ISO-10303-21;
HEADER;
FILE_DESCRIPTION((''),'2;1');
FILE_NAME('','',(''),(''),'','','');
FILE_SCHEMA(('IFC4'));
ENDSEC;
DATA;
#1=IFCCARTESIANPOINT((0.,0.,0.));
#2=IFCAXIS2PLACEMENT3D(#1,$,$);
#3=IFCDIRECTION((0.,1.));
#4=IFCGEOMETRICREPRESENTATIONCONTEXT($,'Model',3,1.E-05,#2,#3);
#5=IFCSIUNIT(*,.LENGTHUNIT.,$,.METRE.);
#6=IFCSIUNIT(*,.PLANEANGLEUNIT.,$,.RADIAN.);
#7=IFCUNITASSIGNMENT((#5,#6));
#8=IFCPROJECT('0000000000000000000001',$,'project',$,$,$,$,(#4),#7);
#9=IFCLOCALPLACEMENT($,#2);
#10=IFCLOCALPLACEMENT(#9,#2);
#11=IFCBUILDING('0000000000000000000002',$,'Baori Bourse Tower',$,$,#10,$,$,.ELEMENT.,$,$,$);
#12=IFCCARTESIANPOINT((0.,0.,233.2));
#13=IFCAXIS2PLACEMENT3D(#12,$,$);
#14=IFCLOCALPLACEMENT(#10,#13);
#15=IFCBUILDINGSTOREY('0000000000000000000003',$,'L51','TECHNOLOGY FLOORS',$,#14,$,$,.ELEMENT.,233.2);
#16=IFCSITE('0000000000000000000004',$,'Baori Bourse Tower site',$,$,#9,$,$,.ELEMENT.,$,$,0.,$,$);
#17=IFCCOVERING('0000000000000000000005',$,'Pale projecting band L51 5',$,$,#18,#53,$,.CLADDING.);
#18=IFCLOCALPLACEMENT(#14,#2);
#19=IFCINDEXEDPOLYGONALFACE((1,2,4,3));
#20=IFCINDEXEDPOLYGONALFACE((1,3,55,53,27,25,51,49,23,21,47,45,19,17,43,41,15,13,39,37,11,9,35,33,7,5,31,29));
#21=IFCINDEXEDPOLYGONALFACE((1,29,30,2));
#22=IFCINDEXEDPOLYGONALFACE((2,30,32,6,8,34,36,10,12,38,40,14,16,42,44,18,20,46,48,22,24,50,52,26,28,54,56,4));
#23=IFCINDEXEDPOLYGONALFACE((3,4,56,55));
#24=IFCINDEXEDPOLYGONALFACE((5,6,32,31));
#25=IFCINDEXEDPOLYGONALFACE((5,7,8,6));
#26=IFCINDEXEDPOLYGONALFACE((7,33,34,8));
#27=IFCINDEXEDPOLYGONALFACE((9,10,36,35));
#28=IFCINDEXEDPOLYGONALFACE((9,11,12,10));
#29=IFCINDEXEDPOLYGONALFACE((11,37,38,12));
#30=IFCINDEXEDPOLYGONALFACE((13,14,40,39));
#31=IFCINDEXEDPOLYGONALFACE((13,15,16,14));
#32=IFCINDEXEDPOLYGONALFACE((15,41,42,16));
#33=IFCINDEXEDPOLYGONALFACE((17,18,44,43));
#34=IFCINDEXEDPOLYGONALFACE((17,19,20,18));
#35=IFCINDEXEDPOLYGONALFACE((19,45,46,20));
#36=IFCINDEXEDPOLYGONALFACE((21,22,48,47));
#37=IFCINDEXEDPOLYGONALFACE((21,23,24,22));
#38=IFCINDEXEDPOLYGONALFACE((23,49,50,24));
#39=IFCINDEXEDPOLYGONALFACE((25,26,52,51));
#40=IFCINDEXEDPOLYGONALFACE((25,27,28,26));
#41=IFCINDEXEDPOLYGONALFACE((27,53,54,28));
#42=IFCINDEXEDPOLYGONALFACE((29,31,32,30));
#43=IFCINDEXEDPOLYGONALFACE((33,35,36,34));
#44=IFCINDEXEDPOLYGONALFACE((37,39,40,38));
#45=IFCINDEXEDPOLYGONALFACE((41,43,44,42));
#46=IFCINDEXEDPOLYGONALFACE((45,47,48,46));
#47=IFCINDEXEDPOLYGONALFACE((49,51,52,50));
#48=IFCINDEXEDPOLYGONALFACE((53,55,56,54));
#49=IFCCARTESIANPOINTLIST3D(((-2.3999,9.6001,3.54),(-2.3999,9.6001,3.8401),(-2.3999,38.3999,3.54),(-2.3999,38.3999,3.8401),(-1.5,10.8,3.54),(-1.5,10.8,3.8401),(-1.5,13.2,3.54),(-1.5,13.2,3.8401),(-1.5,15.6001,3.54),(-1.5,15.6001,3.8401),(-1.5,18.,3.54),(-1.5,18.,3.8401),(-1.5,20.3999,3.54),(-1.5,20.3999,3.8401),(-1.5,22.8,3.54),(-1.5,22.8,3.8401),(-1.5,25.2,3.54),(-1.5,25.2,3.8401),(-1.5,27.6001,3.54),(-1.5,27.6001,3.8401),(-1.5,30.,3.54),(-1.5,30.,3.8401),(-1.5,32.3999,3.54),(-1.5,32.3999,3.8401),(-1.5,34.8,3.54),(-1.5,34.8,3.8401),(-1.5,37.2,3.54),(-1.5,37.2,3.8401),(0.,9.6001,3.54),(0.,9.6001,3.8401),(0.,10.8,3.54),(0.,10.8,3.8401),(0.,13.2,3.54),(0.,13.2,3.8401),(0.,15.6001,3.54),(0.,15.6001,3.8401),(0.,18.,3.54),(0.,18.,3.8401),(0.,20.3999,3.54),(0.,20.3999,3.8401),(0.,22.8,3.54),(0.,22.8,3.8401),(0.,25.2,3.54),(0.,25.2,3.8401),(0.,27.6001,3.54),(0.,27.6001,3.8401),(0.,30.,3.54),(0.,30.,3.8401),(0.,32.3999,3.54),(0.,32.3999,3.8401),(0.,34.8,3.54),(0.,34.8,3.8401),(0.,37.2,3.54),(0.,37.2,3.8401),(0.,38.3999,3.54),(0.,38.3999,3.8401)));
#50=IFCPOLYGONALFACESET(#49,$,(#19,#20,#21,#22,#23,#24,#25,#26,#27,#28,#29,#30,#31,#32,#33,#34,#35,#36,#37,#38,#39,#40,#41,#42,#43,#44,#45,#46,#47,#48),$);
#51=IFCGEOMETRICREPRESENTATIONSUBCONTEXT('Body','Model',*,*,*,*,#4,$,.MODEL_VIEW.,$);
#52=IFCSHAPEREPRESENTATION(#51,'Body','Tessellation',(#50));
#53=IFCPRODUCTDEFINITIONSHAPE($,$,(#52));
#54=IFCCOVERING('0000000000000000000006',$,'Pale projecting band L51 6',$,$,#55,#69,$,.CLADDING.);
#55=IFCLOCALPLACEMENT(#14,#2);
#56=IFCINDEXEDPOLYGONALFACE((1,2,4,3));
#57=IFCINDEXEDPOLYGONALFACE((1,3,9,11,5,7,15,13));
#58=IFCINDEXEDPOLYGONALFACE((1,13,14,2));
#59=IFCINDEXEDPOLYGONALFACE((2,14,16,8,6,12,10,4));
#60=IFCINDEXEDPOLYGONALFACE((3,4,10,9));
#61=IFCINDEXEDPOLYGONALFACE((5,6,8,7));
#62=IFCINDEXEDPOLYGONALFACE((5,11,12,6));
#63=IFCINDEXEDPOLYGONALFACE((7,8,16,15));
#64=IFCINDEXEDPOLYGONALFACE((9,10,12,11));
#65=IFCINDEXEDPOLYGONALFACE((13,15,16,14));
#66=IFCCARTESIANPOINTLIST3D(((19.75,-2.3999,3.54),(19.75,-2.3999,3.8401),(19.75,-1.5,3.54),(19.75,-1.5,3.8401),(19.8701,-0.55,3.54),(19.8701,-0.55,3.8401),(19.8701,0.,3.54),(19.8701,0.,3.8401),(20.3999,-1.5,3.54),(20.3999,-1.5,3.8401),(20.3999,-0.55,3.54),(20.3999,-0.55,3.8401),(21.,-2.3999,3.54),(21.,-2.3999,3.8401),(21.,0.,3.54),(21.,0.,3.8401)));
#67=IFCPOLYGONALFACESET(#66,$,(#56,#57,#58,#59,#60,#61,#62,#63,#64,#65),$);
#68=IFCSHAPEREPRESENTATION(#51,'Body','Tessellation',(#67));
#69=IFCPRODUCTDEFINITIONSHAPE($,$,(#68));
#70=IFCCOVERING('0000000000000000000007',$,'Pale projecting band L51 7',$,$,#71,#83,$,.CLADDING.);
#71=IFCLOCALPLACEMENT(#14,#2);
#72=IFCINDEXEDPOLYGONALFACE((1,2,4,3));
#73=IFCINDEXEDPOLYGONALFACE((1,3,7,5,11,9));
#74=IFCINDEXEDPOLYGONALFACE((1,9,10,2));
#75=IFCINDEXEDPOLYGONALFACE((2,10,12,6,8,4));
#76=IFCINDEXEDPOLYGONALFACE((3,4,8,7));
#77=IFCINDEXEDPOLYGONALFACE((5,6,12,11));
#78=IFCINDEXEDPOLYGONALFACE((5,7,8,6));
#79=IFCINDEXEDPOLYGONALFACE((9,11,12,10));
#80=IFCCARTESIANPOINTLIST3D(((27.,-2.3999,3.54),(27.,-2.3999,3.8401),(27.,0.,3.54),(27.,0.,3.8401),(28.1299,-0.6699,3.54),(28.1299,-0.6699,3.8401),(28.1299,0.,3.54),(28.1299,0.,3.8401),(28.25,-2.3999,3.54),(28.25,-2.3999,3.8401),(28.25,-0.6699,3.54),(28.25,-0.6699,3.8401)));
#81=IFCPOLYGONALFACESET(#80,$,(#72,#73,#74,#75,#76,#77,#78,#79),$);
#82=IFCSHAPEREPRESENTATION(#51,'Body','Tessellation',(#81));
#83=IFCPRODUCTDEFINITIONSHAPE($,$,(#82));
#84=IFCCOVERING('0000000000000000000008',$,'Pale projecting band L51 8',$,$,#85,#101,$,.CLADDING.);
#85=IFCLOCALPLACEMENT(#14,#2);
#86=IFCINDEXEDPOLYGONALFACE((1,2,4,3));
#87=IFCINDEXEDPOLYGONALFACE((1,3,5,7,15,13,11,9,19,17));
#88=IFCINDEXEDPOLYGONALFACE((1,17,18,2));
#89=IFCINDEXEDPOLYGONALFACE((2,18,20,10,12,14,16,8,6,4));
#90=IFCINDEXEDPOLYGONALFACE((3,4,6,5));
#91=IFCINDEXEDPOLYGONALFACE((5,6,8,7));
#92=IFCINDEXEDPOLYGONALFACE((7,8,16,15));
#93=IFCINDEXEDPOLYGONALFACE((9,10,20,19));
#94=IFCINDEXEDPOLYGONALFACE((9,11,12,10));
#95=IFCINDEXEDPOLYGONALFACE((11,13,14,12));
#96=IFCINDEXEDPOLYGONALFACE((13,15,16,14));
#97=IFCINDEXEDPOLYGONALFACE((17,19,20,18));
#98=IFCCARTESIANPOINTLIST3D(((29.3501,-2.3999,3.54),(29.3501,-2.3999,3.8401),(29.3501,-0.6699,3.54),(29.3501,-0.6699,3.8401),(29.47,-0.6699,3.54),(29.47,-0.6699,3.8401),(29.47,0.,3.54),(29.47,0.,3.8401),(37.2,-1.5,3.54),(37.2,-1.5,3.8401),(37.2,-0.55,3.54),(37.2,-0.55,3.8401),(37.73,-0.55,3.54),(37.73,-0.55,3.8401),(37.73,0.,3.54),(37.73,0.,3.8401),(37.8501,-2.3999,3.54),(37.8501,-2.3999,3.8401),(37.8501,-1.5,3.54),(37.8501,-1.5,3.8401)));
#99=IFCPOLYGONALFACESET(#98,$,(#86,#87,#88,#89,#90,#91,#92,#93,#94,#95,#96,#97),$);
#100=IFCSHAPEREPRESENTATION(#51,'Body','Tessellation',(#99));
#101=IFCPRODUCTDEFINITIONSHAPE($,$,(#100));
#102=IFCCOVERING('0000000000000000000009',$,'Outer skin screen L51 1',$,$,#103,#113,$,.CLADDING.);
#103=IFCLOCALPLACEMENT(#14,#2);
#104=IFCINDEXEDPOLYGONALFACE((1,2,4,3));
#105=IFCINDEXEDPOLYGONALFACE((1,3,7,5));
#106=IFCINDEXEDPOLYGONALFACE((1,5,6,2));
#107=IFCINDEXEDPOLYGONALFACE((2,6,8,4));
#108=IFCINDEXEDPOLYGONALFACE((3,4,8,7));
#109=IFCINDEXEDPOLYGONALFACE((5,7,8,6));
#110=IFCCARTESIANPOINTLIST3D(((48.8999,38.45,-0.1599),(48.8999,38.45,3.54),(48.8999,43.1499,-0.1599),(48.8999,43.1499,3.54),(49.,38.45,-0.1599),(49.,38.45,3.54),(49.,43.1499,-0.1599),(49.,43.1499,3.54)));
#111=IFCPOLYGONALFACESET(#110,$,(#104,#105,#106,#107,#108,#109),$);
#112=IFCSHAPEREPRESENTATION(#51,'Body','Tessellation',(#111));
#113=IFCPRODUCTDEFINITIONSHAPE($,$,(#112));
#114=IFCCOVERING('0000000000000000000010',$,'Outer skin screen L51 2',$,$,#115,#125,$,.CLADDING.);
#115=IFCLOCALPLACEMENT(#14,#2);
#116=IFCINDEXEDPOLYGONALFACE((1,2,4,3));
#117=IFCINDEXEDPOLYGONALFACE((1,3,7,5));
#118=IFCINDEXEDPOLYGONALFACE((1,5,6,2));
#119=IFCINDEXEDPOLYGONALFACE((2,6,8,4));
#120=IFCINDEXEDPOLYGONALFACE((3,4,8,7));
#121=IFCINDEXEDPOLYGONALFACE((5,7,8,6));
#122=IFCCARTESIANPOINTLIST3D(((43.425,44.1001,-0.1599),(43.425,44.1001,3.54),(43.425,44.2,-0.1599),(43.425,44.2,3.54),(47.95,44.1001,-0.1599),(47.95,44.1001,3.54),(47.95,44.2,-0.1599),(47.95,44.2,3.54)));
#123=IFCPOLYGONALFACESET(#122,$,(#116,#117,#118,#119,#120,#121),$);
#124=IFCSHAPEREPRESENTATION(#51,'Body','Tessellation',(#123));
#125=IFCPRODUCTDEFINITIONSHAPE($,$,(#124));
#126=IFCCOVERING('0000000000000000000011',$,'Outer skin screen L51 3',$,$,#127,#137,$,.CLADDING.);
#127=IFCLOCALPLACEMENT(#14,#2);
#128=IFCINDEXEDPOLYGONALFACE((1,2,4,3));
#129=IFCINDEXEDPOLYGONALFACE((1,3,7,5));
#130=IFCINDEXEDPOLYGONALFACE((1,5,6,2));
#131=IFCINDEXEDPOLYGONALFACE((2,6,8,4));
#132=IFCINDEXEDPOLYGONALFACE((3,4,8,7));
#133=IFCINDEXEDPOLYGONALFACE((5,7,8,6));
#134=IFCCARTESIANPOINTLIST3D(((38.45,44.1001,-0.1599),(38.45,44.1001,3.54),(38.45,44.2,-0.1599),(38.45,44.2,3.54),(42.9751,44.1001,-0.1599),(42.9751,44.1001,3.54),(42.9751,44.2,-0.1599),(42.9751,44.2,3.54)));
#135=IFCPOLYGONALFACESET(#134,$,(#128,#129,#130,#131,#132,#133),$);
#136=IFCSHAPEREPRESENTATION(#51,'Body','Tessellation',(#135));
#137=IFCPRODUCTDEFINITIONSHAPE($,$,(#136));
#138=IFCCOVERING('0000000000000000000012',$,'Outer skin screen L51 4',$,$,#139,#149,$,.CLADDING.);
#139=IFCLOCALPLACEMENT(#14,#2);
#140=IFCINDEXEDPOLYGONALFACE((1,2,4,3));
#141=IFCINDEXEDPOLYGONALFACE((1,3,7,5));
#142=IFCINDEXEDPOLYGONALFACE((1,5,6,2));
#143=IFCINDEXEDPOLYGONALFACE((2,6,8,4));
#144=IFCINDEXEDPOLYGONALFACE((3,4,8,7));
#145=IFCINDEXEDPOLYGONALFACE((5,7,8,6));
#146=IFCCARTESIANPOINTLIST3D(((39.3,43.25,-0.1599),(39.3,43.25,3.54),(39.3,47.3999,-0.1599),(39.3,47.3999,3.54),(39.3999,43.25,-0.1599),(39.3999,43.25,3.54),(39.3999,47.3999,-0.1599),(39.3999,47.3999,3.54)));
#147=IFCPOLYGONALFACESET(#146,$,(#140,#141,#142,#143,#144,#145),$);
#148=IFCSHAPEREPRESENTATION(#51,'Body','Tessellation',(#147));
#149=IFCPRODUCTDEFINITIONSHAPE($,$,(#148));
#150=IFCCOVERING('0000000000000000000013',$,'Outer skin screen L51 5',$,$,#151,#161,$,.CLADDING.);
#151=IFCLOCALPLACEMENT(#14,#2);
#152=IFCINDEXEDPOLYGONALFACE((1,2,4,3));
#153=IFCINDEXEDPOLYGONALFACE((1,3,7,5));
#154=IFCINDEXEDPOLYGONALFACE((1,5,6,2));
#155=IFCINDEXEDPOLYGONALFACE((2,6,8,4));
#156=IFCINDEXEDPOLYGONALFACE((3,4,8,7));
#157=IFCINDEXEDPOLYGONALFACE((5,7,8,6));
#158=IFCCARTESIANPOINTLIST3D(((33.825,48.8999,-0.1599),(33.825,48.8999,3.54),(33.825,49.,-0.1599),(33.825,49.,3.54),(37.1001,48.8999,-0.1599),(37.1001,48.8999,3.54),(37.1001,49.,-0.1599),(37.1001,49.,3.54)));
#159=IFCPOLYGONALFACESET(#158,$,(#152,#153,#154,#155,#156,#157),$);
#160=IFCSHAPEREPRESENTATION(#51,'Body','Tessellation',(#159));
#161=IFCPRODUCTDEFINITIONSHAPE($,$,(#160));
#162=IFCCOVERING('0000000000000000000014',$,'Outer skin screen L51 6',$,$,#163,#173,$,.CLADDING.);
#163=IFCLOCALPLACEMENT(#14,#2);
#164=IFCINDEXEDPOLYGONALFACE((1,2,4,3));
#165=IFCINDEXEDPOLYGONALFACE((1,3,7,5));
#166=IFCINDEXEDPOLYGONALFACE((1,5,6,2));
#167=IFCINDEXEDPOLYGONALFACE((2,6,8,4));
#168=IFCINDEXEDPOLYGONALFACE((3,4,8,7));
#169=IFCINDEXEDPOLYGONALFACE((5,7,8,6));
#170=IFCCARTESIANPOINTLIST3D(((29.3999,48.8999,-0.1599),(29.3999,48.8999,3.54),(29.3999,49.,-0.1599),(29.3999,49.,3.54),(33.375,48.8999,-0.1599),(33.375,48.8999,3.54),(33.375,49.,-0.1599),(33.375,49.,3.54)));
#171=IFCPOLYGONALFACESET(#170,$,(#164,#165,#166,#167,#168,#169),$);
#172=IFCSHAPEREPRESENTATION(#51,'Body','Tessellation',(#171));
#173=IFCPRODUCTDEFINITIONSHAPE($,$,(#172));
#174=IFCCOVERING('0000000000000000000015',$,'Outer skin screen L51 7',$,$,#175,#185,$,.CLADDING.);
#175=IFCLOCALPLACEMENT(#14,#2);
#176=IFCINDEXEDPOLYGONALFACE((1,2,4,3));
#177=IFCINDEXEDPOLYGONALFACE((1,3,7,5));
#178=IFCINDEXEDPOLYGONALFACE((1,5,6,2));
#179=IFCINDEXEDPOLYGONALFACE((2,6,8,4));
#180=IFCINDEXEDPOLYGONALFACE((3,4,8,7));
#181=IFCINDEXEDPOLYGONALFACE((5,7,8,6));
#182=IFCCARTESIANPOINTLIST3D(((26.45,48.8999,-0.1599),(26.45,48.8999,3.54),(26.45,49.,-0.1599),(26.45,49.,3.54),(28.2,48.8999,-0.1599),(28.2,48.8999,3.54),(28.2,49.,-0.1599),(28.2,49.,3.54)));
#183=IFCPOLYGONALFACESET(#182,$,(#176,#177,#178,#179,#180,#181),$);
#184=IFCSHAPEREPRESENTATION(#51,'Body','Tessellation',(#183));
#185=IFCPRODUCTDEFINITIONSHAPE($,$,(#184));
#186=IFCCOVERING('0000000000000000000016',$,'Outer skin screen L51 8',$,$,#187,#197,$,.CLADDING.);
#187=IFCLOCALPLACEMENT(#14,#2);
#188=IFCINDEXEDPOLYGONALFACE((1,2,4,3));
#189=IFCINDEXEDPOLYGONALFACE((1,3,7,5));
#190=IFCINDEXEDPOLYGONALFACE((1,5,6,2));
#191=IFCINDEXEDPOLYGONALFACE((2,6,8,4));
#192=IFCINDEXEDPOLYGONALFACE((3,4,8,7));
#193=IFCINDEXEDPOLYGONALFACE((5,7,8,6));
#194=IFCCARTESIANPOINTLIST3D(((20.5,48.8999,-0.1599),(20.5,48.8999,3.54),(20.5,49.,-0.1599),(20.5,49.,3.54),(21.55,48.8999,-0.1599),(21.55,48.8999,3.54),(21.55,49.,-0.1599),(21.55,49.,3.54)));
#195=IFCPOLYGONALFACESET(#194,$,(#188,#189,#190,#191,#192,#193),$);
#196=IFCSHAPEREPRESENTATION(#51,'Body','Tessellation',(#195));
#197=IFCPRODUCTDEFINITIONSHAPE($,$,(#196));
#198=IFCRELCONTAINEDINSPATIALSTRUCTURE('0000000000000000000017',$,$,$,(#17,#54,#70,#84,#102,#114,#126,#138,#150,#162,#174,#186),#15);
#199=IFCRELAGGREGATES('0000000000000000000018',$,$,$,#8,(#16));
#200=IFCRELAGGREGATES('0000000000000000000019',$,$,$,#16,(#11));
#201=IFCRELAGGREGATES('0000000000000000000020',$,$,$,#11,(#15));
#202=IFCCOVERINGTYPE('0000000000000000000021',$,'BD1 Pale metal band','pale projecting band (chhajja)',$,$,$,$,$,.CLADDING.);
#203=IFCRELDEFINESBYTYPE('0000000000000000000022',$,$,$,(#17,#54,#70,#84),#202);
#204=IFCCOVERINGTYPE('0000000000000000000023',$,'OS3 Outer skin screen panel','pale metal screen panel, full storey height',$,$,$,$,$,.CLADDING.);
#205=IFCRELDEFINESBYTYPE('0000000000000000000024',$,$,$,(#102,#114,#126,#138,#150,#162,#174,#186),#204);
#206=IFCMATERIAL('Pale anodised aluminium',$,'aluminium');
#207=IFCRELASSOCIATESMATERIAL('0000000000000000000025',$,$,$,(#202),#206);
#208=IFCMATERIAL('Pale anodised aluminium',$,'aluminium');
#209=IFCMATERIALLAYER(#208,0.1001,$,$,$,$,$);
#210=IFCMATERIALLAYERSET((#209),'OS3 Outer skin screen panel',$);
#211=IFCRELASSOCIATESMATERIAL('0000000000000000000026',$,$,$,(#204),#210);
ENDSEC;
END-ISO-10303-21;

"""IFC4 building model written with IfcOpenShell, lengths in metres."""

from ifc_helpers import new_model, si_unit, direction, frame, origin, place, context, subcontext, project, spatial, polyline, outline, extrude, material, layer, layer_set, type_object, element, save


model = new_model("IFC4")

# Units and contexts
model_context = context("Model", 3, precision=1e-05, world=origin(), true_north=direction((0.0, 1.0)))
body_context = subcontext(model_context, "Body", "Model", "MODEL_VIEW")
ifc_project = project(units=[si_unit("LENGTHUNIT", "METRE"), si_unit("PLANEANGLEUNIT", "RADIAN")], contexts=[model_context])

# Site, building, storey
site_placement = place(None, origin())
site = spatial("IfcSite", under=ifc_project, at=site_placement, Name="Baori Bourse Tower site", CompositionType="ELEMENT", RefElevation=0.0)
building_placement = place(site_placement, origin())
building = spatial("IfcBuilding", under=site, at=building_placement, Name="Baori Bourse Tower", CompositionType="ELEMENT")
storey_placement = place(building_placement, frame((0.0, 0.0, 233.2)))
storey = spatial("IfcBuildingStorey", under=building, at=storey_placement, Name="L51", Description="TECHNOLOGY FLOORS", CompositionType="ELEMENT", Elevation=233.2)

# Coverings
ifc_material_1 = material(Name="Pale anodised aluminium", Category="aluminium")
covering_type_1 = type_object("IfcCoveringType", Name="BD1 Pale metal band", Description="pale projecting band (chhajja)", PredefinedType="CLADDING", material=ifc_material_1)
covering_1_placement = place(storey_placement, frame((0.0, 0.0, 3.54)))
element("IfcCovering", 1, at=covering_1_placement, inside=storey, type_object=covering_type_1, Name="Pale projecting band L51 5", PredefinedType="CLADDING", context=body_context, shape_type="SweptSolid", body=[
    extrude(outline(polyline([(0.0, 37.2), (0.0, 38.3999), (-2.3999, 38.3999), (-2.3999, 9.6001), (0.0, 9.6001), (0.0, 10.8), (-1.5, 10.8), (-1.5, 13.2), (0.0, 13.2), (0.0, 15.6001), (-1.5, 15.6001), (-1.5, 18.0), (0.0, 18.0), (0.0, 20.3999), (-1.5, 20.3999), (-1.5, 22.8), (0.0, 22.8), (0.0, 25.2), (-1.5, 25.2), (-1.5, 27.6001), (0.0, 27.6001), (0.0, 30.0), (-1.5, 30.0), (-1.5, 32.3999), (0.0, 32.3999), (0.0, 34.8), (-1.5, 34.8), (-1.5, 37.2), (0.0, 37.2)])), origin(), (0.0, 0.0, 1.0), 0.3),
])
covering_2_placement = place(storey_placement, frame((0.0, 0.0, 3.54)))
element("IfcCovering", 2, at=covering_2_placement, inside=storey, type_object=covering_type_1, Name="Pale projecting band L51 6", PredefinedType="CLADDING", context=body_context, shape_type="SweptSolid", body=[
    extrude(outline(polyline([(21.0, 0.0), (19.8701, 0.0), (19.8701, -0.55), (20.3999, -0.55), (20.3999, -1.5), (19.75, -1.5), (19.75, -2.3999), (21.0, -2.3999), (21.0, 0.0)])), origin(), (0.0, 0.0, 1.0), 0.3),
])
covering_3_placement = place(storey_placement, frame((0.0, 0.0, 3.54)))
element("IfcCovering", 3, at=covering_3_placement, inside=storey, type_object=covering_type_1, Name="Pale projecting band L51 7", PredefinedType="CLADDING", context=body_context, shape_type="SweptSolid", body=[
    extrude(outline(polyline([(28.1299, 0.0), (27.0, 0.0), (27.0, -2.3999), (28.25, -2.3999), (28.25, -0.6699), (28.1299, -0.6699), (28.1299, 0.0)])), origin(), (0.0, 0.0, 1.0), 0.3),
])
covering_4_placement = place(storey_placement, frame((0.0, 0.0, 3.54)))
element("IfcCovering", 4, at=covering_4_placement, inside=storey, type_object=covering_type_1, Name="Pale projecting band L51 8", PredefinedType="CLADDING", context=body_context, shape_type="SweptSolid", body=[
    extrude(outline(polyline([(37.73, 0.0), (29.47, 0.0), (29.47, -0.6699), (29.3501, -0.6699), (29.3501, -2.3999), (37.8501, -2.3999), (37.8501, -1.5), (37.2, -1.5), (37.2, -0.55), (37.73, -0.55), (37.73, 0.0)])), origin(), (0.0, 0.0, 1.0), 0.3),
])
ifc_material_2 = material(Name="Pale anodised aluminium", Category="aluminium")
ifc_layer_1 = layer(ifc_material_2, 0.1001)
ifc_layer_set_1 = layer_set([ifc_layer_1], Name="OS3 Outer skin screen panel")
covering_type_2 = type_object("IfcCoveringType", Name="OS3 Outer skin screen panel", Description="pale metal screen panel, full storey height", PredefinedType="CLADDING", material=ifc_layer_set_1)
covering_5_placement = place(storey_placement, frame((0.0, 0.0, -0.1599)))
element("IfcCovering", 5, at=covering_5_placement, inside=storey, type_object=covering_type_2, Name="Outer skin screen L51 1", PredefinedType="CLADDING", context=body_context, shape_type="SweptSolid", body=[
    extrude(outline(polyline([(48.8999, 43.1499), (48.8999, 38.45), (49.0, 38.45), (49.0, 43.1499), (48.8999, 43.1499)])), origin(), (0.0, 0.0, 1.0), 3.7),
])
covering_6_placement = place(storey_placement, frame((0.0, 0.0, -0.1599)))
element("IfcCovering", 6, at=covering_6_placement, inside=storey, type_object=covering_type_2, Name="Outer skin screen L51 2", PredefinedType="CLADDING", context=body_context, shape_type="SweptSolid", body=[
    extrude(outline(polyline([(43.425, 44.1001), (47.95, 44.1001), (47.95, 44.2), (43.425, 44.2), (43.425, 44.1001)])), origin(), (0.0, 0.0, 1.0), 3.7),
])
covering_7_placement = place(storey_placement, frame((0.0, 0.0, -0.1599)))
element("IfcCovering", 7, at=covering_7_placement, inside=storey, type_object=covering_type_2, Name="Outer skin screen L51 3", PredefinedType="CLADDING", context=body_context, shape_type="SweptSolid", body=[
    extrude(outline(polyline([(38.45, 44.1001), (42.9751, 44.1001), (42.9751, 44.2), (38.45, 44.2), (38.45, 44.1001)])), origin(), (0.0, 0.0, 1.0), 3.7),
])
covering_8_placement = place(storey_placement, frame((0.0, 0.0, -0.1599)))
element("IfcCovering", 8, at=covering_8_placement, inside=storey, type_object=covering_type_2, Name="Outer skin screen L51 4", PredefinedType="CLADDING", context=body_context, shape_type="SweptSolid", body=[
    extrude(outline(polyline([(39.3, 47.3999), (39.3, 43.25), (39.3999, 43.25), (39.3999, 47.3999), (39.3, 47.3999)])), origin(), (0.0, 0.0, 1.0), 3.7),
])
covering_9_placement = place(storey_placement, frame((0.0, 0.0, -0.1599)))
element("IfcCovering", 9, at=covering_9_placement, inside=storey, type_object=covering_type_2, Name="Outer skin screen L51 5", PredefinedType="CLADDING", context=body_context, shape_type="SweptSolid", body=[
    extrude(outline(polyline([(33.825, 48.8999), (37.1001, 48.8999), (37.1001, 49.0), (33.825, 49.0), (33.825, 48.8999)])), origin(), (0.0, 0.0, 1.0), 3.7),
])
covering_10_placement = place(storey_placement, frame((0.0, 0.0, -0.1599)))
element("IfcCovering", 10, at=covering_10_placement, inside=storey, type_object=covering_type_2, Name="Outer skin screen L51 6", PredefinedType="CLADDING", context=body_context, shape_type="SweptSolid", body=[
    extrude(outline(polyline([(29.3999, 48.8999), (33.375, 48.8999), (33.375, 49.0), (29.3999, 49.0), (29.3999, 48.8999)])), origin(), (0.0, 0.0, 1.0), 3.7),
])
covering_11_placement = place(storey_placement, frame((0.0, 0.0, -0.1599)))
element("IfcCovering", 11, at=covering_11_placement, inside=storey, type_object=covering_type_2, Name="Outer skin screen L51 7", PredefinedType="CLADDING", context=body_context, shape_type="SweptSolid", body=[
    extrude(outline(polyline([(26.45, 48.8999), (28.2, 48.8999), (28.2, 49.0), (26.45, 49.0), (26.45, 48.8999)])), origin(), (0.0, 0.0, 1.0), 3.7),
])
covering_12_placement = place(storey_placement, frame((0.0, 0.0, -0.1599)))
element("IfcCovering", 12, at=covering_12_placement, inside=storey, type_object=covering_type_2, Name="Outer skin screen L51 8", PredefinedType="CLADDING", context=body_context, shape_type="SweptSolid", body=[
    extrude(outline(polyline([(20.5, 48.8999), (21.55, 48.8999), (21.55, 49.0), (20.5, 49.0), (20.5, 48.8999)])), origin(), (0.0, 0.0, 1.0), 3.7),
])

save(model, "model.ifc")
